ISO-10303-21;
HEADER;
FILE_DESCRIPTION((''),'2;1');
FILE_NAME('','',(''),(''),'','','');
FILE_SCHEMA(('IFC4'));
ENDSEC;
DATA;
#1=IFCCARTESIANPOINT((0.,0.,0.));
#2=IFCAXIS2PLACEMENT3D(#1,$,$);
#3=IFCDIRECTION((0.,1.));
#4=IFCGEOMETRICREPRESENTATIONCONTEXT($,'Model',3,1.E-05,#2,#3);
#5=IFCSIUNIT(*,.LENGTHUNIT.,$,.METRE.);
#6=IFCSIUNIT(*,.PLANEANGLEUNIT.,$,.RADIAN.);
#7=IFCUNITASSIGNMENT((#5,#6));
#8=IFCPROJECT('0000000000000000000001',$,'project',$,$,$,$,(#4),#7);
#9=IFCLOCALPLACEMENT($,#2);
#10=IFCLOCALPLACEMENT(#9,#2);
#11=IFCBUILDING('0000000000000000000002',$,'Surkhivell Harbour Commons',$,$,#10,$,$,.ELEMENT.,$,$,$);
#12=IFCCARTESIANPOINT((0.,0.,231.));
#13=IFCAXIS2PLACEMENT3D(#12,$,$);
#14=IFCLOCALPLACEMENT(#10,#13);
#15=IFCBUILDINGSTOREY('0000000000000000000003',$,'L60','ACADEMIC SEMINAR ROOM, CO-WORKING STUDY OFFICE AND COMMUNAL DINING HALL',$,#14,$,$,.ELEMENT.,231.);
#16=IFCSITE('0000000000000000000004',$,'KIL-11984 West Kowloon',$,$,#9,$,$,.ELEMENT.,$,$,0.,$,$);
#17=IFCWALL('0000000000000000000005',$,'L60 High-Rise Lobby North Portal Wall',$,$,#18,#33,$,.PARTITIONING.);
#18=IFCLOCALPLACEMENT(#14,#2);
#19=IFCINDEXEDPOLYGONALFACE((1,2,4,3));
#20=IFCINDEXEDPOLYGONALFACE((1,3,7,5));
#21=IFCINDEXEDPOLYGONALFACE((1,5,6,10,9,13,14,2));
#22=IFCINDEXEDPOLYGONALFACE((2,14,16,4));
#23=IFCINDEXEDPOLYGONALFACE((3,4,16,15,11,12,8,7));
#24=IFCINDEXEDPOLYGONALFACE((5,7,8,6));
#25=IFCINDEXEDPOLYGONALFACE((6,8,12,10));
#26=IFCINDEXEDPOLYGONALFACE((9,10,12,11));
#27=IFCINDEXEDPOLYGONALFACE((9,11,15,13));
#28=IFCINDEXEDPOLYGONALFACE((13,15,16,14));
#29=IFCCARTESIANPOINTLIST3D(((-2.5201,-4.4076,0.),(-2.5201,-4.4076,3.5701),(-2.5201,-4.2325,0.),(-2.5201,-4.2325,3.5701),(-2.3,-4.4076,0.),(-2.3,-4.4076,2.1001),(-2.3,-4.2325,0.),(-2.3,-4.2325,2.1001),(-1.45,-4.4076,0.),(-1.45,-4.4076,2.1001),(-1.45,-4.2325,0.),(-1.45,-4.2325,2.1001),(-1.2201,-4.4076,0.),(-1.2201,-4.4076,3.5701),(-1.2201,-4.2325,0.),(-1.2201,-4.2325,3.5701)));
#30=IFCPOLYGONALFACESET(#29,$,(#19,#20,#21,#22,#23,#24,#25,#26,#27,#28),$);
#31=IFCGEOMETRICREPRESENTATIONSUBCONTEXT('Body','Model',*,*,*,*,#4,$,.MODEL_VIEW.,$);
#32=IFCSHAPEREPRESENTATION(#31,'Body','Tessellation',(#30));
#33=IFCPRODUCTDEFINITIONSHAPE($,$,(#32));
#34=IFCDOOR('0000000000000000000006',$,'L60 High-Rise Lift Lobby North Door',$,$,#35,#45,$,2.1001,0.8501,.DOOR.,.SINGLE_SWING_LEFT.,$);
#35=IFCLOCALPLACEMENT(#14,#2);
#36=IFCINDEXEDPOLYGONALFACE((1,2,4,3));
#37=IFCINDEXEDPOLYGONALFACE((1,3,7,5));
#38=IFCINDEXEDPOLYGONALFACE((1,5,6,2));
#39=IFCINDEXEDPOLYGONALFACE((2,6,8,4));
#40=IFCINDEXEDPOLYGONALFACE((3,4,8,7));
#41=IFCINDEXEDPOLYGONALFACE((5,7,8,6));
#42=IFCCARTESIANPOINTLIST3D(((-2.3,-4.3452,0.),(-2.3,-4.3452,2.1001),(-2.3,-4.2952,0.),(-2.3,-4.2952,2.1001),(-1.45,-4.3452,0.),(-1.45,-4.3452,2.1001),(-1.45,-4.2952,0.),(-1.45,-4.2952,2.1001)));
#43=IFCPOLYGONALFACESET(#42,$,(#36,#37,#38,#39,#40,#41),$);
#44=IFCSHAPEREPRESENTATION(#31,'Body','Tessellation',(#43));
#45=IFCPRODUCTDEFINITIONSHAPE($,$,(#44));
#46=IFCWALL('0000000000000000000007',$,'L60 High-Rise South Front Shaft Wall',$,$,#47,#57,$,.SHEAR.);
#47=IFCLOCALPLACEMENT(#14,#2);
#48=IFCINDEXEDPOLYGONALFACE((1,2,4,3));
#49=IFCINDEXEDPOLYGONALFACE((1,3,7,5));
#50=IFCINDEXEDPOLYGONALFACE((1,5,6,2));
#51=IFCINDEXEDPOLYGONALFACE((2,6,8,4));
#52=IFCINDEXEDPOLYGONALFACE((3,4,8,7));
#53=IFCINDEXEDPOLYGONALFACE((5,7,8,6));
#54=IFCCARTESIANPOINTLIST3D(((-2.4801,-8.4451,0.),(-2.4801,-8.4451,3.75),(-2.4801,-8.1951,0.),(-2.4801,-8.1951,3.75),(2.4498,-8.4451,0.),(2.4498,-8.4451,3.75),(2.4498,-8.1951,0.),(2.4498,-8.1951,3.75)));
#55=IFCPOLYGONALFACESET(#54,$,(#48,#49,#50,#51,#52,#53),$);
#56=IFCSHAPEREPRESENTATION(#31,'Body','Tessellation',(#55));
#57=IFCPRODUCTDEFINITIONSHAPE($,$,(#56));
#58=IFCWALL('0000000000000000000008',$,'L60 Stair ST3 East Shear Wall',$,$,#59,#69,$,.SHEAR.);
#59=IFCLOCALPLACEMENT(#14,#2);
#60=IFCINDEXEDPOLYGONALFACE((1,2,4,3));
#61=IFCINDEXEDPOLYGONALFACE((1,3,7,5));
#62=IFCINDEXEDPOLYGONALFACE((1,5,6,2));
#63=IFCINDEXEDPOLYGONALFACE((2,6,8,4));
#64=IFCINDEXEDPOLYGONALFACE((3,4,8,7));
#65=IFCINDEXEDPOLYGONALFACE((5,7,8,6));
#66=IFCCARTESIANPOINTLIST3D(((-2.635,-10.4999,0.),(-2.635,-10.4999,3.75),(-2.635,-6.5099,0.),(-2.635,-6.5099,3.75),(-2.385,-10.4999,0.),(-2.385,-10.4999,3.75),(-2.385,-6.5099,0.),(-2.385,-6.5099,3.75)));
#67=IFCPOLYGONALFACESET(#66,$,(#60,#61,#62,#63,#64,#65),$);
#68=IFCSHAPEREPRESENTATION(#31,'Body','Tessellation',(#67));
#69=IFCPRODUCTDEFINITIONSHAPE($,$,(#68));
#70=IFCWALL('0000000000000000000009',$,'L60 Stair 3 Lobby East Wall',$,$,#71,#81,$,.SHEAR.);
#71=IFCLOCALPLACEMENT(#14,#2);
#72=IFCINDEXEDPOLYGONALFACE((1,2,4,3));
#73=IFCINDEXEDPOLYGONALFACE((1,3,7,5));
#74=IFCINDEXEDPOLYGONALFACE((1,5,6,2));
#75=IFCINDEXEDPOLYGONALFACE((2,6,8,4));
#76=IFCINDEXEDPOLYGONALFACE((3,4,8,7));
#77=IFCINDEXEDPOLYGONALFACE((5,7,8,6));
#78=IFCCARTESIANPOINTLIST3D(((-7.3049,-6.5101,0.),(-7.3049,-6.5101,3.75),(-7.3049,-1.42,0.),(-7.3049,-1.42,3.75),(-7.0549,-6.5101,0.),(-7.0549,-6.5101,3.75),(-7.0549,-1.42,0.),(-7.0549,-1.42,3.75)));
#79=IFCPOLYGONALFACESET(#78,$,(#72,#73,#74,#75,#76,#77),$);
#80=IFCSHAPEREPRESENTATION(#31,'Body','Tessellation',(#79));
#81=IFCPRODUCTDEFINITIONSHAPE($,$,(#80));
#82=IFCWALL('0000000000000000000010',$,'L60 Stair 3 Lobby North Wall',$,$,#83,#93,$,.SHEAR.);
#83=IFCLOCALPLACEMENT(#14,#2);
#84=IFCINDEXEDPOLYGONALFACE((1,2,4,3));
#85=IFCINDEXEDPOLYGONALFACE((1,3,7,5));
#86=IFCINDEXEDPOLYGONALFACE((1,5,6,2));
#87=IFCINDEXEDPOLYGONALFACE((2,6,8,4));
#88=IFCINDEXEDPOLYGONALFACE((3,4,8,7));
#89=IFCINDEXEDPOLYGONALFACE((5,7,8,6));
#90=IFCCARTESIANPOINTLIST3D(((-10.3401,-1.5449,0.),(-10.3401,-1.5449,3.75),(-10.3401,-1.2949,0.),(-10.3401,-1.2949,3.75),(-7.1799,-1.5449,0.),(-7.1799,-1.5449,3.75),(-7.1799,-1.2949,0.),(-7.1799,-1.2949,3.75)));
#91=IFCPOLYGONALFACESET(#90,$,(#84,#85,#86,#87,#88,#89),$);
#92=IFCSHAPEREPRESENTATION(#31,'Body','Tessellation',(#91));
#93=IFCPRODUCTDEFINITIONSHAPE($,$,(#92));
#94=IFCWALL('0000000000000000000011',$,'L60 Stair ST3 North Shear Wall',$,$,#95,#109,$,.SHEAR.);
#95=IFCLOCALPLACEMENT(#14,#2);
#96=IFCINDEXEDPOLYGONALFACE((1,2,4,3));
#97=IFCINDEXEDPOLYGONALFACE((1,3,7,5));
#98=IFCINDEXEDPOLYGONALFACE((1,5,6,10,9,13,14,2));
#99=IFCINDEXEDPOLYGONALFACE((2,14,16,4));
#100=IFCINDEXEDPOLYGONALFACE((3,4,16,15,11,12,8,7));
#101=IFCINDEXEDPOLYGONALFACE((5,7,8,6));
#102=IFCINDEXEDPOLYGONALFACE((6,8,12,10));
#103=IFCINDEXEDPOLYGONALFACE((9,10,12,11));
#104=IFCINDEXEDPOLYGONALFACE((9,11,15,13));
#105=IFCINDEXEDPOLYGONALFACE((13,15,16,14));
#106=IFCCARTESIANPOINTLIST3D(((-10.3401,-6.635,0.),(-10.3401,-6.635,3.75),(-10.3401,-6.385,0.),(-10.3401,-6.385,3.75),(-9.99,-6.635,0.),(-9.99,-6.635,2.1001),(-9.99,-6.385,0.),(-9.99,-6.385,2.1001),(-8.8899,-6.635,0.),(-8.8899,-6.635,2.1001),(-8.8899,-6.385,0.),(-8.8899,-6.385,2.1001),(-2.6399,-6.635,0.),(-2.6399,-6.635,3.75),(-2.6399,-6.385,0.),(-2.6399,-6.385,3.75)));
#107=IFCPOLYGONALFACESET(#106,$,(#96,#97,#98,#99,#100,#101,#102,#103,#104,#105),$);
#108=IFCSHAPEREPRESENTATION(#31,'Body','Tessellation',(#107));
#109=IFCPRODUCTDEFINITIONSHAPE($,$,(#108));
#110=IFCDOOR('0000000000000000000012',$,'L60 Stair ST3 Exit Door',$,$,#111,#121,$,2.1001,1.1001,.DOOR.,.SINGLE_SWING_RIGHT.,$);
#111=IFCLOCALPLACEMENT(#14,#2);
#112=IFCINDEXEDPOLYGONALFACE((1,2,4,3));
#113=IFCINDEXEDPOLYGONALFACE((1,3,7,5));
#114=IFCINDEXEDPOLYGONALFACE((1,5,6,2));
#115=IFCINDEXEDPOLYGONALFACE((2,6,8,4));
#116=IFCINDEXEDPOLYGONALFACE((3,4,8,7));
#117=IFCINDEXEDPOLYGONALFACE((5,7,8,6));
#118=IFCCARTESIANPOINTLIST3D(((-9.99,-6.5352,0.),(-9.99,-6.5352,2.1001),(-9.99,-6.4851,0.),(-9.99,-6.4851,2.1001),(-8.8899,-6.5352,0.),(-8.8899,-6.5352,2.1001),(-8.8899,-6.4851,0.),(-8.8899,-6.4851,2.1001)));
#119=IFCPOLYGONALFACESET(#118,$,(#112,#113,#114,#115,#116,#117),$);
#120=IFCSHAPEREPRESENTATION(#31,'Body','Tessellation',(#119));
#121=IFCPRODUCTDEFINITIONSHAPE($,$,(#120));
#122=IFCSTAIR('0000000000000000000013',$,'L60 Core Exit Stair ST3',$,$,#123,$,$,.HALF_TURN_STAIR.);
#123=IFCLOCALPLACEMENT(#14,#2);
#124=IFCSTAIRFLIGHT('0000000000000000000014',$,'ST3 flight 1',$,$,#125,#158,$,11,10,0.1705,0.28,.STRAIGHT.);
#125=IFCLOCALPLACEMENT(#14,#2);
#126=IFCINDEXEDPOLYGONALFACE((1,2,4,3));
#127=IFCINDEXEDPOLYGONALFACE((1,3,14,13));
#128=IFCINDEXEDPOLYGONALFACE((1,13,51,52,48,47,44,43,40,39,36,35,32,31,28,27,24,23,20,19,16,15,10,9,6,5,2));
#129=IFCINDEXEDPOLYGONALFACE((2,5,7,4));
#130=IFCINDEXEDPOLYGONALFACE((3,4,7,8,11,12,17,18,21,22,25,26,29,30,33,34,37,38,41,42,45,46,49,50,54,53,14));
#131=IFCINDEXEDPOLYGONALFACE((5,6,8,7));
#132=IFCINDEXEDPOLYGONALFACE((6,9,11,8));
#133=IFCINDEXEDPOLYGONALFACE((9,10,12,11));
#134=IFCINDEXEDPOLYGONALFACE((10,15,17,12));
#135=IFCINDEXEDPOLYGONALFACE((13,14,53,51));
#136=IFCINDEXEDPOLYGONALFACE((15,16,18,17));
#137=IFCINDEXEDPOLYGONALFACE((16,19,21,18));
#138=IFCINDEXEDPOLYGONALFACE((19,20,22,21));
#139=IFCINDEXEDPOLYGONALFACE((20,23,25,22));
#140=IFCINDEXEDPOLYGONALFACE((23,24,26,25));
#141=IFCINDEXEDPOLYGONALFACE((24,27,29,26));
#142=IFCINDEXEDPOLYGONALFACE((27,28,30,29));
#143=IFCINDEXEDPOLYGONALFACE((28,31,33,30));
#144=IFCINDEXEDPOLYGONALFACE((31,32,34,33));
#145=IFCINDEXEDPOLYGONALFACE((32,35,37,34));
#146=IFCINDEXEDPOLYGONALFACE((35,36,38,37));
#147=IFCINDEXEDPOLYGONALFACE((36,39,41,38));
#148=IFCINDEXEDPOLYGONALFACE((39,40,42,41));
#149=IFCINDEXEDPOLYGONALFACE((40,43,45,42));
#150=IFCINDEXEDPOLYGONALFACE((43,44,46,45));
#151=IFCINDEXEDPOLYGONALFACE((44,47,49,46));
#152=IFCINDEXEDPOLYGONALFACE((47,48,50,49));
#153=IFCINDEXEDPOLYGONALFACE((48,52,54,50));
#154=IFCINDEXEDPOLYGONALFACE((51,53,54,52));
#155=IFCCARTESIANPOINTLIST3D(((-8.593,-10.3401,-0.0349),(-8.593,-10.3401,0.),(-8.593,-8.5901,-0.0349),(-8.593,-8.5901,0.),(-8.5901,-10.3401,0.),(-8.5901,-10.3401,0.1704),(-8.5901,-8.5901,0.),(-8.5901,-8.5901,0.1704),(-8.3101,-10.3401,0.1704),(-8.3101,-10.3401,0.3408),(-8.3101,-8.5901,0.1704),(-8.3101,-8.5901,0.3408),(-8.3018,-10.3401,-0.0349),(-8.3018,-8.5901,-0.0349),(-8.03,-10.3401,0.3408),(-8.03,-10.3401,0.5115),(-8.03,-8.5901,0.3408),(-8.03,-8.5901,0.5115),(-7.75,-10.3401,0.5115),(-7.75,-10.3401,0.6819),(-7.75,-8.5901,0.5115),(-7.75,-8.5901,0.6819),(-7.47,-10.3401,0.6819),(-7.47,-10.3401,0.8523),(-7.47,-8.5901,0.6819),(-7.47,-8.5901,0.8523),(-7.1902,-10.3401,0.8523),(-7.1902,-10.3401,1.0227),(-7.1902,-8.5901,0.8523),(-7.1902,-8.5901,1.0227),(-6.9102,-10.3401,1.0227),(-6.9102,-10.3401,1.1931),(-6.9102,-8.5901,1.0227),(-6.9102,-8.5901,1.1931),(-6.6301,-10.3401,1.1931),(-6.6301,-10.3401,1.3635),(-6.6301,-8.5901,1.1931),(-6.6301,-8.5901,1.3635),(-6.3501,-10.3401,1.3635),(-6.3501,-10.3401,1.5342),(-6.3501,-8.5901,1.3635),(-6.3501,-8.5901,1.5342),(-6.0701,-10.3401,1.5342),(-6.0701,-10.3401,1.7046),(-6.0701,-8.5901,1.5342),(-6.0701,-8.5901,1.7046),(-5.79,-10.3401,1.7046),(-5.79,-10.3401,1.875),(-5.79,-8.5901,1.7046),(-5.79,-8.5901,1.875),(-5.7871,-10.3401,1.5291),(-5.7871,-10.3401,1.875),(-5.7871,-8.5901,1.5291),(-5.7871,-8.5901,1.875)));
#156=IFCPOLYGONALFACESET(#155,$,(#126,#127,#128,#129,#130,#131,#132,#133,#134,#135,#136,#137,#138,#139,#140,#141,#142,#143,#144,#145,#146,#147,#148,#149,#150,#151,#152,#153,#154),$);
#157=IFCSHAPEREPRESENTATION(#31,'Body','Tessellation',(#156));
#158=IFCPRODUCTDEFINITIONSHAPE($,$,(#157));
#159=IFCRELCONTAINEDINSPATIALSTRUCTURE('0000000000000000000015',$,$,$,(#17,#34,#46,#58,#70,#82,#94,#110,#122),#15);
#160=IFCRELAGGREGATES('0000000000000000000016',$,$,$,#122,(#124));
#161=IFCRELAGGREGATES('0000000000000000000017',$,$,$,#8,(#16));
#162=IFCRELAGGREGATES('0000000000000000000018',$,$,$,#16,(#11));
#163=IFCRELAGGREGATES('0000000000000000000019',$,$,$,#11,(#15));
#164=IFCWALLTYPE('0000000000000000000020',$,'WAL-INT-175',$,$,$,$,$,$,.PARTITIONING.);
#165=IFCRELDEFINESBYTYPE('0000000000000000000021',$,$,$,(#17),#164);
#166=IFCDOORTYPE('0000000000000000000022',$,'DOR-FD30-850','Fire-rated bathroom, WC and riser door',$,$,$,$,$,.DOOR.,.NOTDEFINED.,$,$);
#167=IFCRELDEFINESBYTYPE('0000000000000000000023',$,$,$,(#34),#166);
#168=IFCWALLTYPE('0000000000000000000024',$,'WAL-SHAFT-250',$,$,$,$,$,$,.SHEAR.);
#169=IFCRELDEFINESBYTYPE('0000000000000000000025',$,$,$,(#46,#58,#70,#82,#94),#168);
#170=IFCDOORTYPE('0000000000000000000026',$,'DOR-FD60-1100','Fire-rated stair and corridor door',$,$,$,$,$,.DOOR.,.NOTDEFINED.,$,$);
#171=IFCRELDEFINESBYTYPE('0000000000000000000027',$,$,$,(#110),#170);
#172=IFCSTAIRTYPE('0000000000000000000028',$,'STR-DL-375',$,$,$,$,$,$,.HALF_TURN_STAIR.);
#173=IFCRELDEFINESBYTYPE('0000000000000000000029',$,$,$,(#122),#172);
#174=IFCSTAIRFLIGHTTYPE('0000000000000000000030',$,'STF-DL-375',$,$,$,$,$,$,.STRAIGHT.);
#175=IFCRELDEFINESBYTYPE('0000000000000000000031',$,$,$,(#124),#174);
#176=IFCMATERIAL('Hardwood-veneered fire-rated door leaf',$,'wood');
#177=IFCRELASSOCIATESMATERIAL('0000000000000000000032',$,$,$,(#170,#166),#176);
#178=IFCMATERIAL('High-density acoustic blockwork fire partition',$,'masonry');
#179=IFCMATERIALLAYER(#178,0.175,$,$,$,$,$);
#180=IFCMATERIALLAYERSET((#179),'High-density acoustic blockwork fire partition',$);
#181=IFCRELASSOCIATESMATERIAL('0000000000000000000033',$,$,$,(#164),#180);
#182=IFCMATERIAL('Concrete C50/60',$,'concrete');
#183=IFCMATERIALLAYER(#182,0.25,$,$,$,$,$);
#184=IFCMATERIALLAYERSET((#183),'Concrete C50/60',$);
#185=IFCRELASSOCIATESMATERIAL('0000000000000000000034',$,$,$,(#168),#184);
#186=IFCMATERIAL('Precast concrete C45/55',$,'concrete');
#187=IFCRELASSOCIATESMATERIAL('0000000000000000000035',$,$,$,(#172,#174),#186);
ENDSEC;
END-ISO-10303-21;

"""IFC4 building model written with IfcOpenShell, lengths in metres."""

from ifc_helpers import new_model, si_unit, direction, frame, frame_2d, origin, place, context, subcontext, project, spatial, polyline, rectangle, outline, extrude, material, layer, layer_set, type_object, element, fill, aggregate, save


model = new_model("IFC4")

# Units and contexts
model_context = context("Model", 3, precision=1e-05, world=origin(), true_north=direction((0.0, 1.0)))
body_context = subcontext(model_context, "Body", "Model", "MODEL_VIEW")
ifc_project = project(units=[si_unit("LENGTHUNIT", "METRE"), si_unit("PLANEANGLEUNIT", "RADIAN")], contexts=[model_context])

# Site, building, storey
site_placement = place(None, origin())
site = spatial("IfcSite", under=ifc_project, at=site_placement, Name="KIL-11984 West Kowloon", CompositionType="ELEMENT", RefElevation=0.0)
building_placement = place(site_placement, origin())
building = spatial("IfcBuilding", under=site, at=building_placement, Name="Surkhivell Harbour Commons", CompositionType="ELEMENT")
storey_placement = place(building_placement, frame((0.0, 0.0, 231.0)))
storey = spatial("IfcBuildingStorey", under=building, at=storey_placement, Name="L60", Description="ACADEMIC SEMINAR ROOM, CO-WORKING STUDY OFFICE AND COMMUNAL DINING HALL", CompositionType="ELEMENT", Elevation=231.0)

# Shared definitions
ifc_material_1 = material(Name="Hardwood-veneered fire-rated door leaf", Category="wood")
door_type_1 = type_object("IfcDoorType", Name="DOR-FD60-1100", Description="Fire-rated stair and corridor door", OperationType="NOTDEFINED", PredefinedType="DOOR", material=ifc_material_1)
door_type_2 = type_object("IfcDoorType", Name="DOR-FD30-850", Description="Fire-rated bathroom, WC and riser door", OperationType="NOTDEFINED", PredefinedType="DOOR", material=ifc_material_1)

# Shared definitions
ifc_material_2 = material(Name="High-density acoustic blockwork fire partition", Category="masonry")
ifc_layer_1 = layer(ifc_material_2, 0.175)
ifc_layer_set_1 = layer_set([ifc_layer_1], Name="High-density acoustic blockwork fire partition")
wall_type_1 = type_object("IfcWallType", Name="WAL-INT-175", PredefinedType="PARTITIONING", material=ifc_layer_set_1)

# Wall, opening, door
wall_1_placement = place(storey_placement, frame((-2.52, -4.3201, 0.0), z_axis=(0.0, 0.0, 1.0), x_axis=(1.0, 0.0, 0.0)))
wall_1 = element("IfcWall", 1, at=wall_1_placement, inside=storey, type_object=wall_type_1, Name="L60 High-Rise Lobby North Portal Wall", PredefinedType="PARTITIONING", context=body_context, shape_type="SweptSolid", body=[
    extrude(rectangle(XDim=1.3, YDim=0.175, at=frame_2d((0.6499, 0.0))), origin(), (0.0, 0.0, 1.0), 3.5701),
])
opening_1_placement = place(wall_1_placement, frame((0.22, 0.0, 0.0)))
opening_1 = element("IfcOpeningElement", 2, at=opening_1_placement, cuts=wall_1, PredefinedType="OPENING", context=body_context, shape_type="SweptSolid", body=[
    extrude(rectangle(XDim=0.8501, YDim=2.1001, at=frame_2d((0.425, 1.05))), frame((0.0, 0.0974, 0.0), z_axis=(0.0, -1.0, 0.0), x_axis=(1.0, 0.0, 0.0)), (0.0, 0.0, 1.0), 0.1951),
])
door_1_placement = place(opening_1_placement, origin())
door_1 = element("IfcDoor", 3, at=door_1_placement, inside=storey, type_object=door_type_2, Name="L60 High-Rise Lift Lobby North Door", OperationType="SINGLE_SWING_LEFT", OverallHeight=2.1001, OverallWidth=0.8501, PredefinedType="DOOR", context=body_context, shape_type="SweptSolid", body=[
    extrude(rectangle(XDim=0.8501, YDim=2.1001, at=frame_2d((0.425, 1.05))), frame((0.0, 0.0249, 0.0), z_axis=(0.0, -1.0, 0.0), x_axis=(1.0, 0.0, 0.0)), (0.0, 0.0, 1.0), 0.05),
])
fill(opening_1, door_1)

# Walls
ifc_material_3 = material(Name="Concrete C50/60", Category="concrete")
ifc_layer_2 = layer(ifc_material_3, 0.25)
ifc_layer_set_2 = layer_set([ifc_layer_2], Name="Concrete C50/60")
wall_type_2 = type_object("IfcWallType", Name="WAL-SHAFT-250", PredefinedType="SHEAR", material=ifc_layer_set_2)
wall_2_placement = place(storey_placement, frame((-2.48, -8.3201, 0.0), z_axis=(0.0, 0.0, 1.0), x_axis=(1.0, 0.0, 0.0)))
element("IfcWall", 4, at=wall_2_placement, inside=storey, type_object=wall_type_2, Name="L60 High-Rise South Front Shaft Wall", PredefinedType="SHEAR", context=body_context, shape_type="SweptSolid", body=[
    extrude(rectangle(XDim=4.9299, YDim=0.25, at=frame_2d((2.4648, 0.0))), origin(), (0.0, 0.0, 1.0), 3.75),
])
wall_3_placement = place(storey_placement, frame((-2.51, -10.5, 0.0), z_axis=(0.0, 0.0, 1.0), x_axis=(0.0, 1.0, 0.0)))
element("IfcWall", 5, at=wall_3_placement, inside=storey, type_object=wall_type_2, Name="L60 Stair ST3 East Shear Wall", PredefinedType="SHEAR", context=body_context, shape_type="SweptSolid", body=[
    extrude(rectangle(XDim=3.99, YDim=0.25, at=frame_2d((1.9951, 0.0))), origin(), (0.0, 0.0, 1.0), 3.75),
])
wall_4_placement = place(storey_placement, frame((-7.1799, -6.51, 0.0), z_axis=(0.0, 0.0, 1.0), x_axis=(0.0, 1.0, 0.0)))
element("IfcWall", 6, at=wall_4_placement, inside=storey, type_object=wall_type_2, Name="L60 Stair 3 Lobby East Wall", PredefinedType="SHEAR", context=body_context, shape_type="SweptSolid", body=[
    extrude(rectangle(XDim=5.0901, YDim=0.25, at=frame_2d((2.5449, 0.0))), origin(), (0.0, 0.0, 1.0), 3.75),
])
wall_5_placement = place(storey_placement, frame((-10.3401, -1.4199, 0.0), z_axis=(0.0, 0.0, 1.0), x_axis=(1.0, 0.0, 0.0)))
element("IfcWall", 7, at=wall_5_placement, inside=storey, type_object=wall_type_2, Name="L60 Stair 3 Lobby North Wall", PredefinedType="SHEAR", context=body_context, shape_type="SweptSolid", body=[
    extrude(rectangle(XDim=3.1602, YDim=0.25, at=frame_2d((1.5801, 0.0))), origin(), (0.0, 0.0, 1.0), 3.75),
])

# Wall, opening, door
wall_6_placement = place(storey_placement, frame((-10.3401, -6.51, 0.0), z_axis=(0.0, 0.0, 1.0), x_axis=(1.0, 0.0, 0.0)))
wall_6 = element("IfcWall", 8, at=wall_6_placement, inside=storey, type_object=wall_type_2, Name="L60 Stair ST3 North Shear Wall", PredefinedType="SHEAR", context=body_context, shape_type="SweptSolid", body=[
    extrude(rectangle(XDim=7.7002, YDim=0.25, at=frame_2d((3.8501, 0.0))), origin(), (0.0, 0.0, 1.0), 3.75),
])
opening_2_placement = place(wall_6_placement, frame((0.3501, 0.0, 0.0)))
opening_2 = element("IfcOpeningElement", 9, at=opening_2_placement, cuts=wall_6, PredefinedType="OPENING", context=body_context, shape_type="SweptSolid", body=[
    extrude(rectangle(XDim=1.1001, YDim=2.1001, at=frame_2d((0.55, 1.05))), frame((0.0, 0.135, 0.0), z_axis=(0.0, -1.0, 0.0), x_axis=(1.0, 0.0, 0.0)), (0.0, 0.0, 1.0), 0.27),
])
door_2_placement = place(opening_2_placement, origin())
door_2 = element("IfcDoor", 10, at=door_2_placement, inside=storey, type_object=door_type_1, Name="L60 Stair ST3 Exit Door", OperationType="SINGLE_SWING_RIGHT", OverallHeight=2.1001, OverallWidth=1.1001, PredefinedType="DOOR", context=body_context, shape_type="SweptSolid", body=[
    extrude(rectangle(XDim=1.1001, YDim=2.1001, at=frame_2d((0.55, 1.05))), frame((0.0, 0.0249, 0.0), z_axis=(0.0, -1.0, 0.0), x_axis=(1.0, 0.0, 0.0)), (0.0, 0.0, 1.0), 0.05),
])
fill(opening_2, door_2)

# Stair, stair flight
ifc_material_4 = material(Name="Precast concrete C45/55", Category="concrete")
stair_type = type_object("IfcStairType", Name="STR-DL-375", PredefinedType="HALF_TURN_STAIR", material=ifc_material_4)
stair_placement = place(storey_placement, origin())
stair = element("IfcStair", 11, at=stair_placement, inside=storey, type_object=stair_type, Name="L60 Core Exit Stair ST3", PredefinedType="HALF_TURN_STAIR")
stair_flight_type = type_object("IfcStairFlightType", Name="STF-DL-375", PredefinedType="STRAIGHT", material=ifc_material_4)
stair_flight_1_placement = place(storey_placement, frame((-8.5901, -9.4651, 0.0), z_axis=(0.0, 0.0, 1.0), x_axis=(1.0, 0.0, 0.0)))
stair_flight_1 = element("IfcStairFlight", 12, at=stair_flight_1_placement, type_object=stair_flight_type, Name="ST3 flight 1", NumberOfRisers=11, NumberOfTreads=10, PredefinedType="STRAIGHT", RiserHeight=0.1705, TreadLength=0.28, context=body_context, shape_type="SweptSolid", body=[
    extrude(outline(polyline([(-0.0029, -0.0349), (-0.0029, 0.0), (0.0, 0.0), (0.0, 0.1704), (0.28, 0.1704), (0.28, 0.3408), (0.5601, 0.3408), (0.5601, 0.5115), (0.8401, 0.5115), (0.8401, 0.6819), (1.1201, 0.6819), (1.1201, 0.8523), (1.3999, 0.8523), (1.3999, 1.0227), (1.6799, 1.0227), (1.6799, 1.1931), (1.96, 1.1931), (1.96, 1.3635), (2.24, 1.3635), (2.24, 1.5342), (2.52, 1.5342), (2.52, 1.7046), (2.8, 1.7046), (2.8, 1.875), (2.803, 1.875), (2.803, 1.5291), (0.2883, -0.0349), (-0.0029, -0.0349)])), frame((0.0, 0.875, 0.0), z_axis=(0.0, -1.0, 0.0), x_axis=(1.0, 0.0, 0.0)), (0.0, 0.0, 1.0), 1.75),
])
aggregate(stair, [stair_flight_1])

save(model, "model.ifc")
